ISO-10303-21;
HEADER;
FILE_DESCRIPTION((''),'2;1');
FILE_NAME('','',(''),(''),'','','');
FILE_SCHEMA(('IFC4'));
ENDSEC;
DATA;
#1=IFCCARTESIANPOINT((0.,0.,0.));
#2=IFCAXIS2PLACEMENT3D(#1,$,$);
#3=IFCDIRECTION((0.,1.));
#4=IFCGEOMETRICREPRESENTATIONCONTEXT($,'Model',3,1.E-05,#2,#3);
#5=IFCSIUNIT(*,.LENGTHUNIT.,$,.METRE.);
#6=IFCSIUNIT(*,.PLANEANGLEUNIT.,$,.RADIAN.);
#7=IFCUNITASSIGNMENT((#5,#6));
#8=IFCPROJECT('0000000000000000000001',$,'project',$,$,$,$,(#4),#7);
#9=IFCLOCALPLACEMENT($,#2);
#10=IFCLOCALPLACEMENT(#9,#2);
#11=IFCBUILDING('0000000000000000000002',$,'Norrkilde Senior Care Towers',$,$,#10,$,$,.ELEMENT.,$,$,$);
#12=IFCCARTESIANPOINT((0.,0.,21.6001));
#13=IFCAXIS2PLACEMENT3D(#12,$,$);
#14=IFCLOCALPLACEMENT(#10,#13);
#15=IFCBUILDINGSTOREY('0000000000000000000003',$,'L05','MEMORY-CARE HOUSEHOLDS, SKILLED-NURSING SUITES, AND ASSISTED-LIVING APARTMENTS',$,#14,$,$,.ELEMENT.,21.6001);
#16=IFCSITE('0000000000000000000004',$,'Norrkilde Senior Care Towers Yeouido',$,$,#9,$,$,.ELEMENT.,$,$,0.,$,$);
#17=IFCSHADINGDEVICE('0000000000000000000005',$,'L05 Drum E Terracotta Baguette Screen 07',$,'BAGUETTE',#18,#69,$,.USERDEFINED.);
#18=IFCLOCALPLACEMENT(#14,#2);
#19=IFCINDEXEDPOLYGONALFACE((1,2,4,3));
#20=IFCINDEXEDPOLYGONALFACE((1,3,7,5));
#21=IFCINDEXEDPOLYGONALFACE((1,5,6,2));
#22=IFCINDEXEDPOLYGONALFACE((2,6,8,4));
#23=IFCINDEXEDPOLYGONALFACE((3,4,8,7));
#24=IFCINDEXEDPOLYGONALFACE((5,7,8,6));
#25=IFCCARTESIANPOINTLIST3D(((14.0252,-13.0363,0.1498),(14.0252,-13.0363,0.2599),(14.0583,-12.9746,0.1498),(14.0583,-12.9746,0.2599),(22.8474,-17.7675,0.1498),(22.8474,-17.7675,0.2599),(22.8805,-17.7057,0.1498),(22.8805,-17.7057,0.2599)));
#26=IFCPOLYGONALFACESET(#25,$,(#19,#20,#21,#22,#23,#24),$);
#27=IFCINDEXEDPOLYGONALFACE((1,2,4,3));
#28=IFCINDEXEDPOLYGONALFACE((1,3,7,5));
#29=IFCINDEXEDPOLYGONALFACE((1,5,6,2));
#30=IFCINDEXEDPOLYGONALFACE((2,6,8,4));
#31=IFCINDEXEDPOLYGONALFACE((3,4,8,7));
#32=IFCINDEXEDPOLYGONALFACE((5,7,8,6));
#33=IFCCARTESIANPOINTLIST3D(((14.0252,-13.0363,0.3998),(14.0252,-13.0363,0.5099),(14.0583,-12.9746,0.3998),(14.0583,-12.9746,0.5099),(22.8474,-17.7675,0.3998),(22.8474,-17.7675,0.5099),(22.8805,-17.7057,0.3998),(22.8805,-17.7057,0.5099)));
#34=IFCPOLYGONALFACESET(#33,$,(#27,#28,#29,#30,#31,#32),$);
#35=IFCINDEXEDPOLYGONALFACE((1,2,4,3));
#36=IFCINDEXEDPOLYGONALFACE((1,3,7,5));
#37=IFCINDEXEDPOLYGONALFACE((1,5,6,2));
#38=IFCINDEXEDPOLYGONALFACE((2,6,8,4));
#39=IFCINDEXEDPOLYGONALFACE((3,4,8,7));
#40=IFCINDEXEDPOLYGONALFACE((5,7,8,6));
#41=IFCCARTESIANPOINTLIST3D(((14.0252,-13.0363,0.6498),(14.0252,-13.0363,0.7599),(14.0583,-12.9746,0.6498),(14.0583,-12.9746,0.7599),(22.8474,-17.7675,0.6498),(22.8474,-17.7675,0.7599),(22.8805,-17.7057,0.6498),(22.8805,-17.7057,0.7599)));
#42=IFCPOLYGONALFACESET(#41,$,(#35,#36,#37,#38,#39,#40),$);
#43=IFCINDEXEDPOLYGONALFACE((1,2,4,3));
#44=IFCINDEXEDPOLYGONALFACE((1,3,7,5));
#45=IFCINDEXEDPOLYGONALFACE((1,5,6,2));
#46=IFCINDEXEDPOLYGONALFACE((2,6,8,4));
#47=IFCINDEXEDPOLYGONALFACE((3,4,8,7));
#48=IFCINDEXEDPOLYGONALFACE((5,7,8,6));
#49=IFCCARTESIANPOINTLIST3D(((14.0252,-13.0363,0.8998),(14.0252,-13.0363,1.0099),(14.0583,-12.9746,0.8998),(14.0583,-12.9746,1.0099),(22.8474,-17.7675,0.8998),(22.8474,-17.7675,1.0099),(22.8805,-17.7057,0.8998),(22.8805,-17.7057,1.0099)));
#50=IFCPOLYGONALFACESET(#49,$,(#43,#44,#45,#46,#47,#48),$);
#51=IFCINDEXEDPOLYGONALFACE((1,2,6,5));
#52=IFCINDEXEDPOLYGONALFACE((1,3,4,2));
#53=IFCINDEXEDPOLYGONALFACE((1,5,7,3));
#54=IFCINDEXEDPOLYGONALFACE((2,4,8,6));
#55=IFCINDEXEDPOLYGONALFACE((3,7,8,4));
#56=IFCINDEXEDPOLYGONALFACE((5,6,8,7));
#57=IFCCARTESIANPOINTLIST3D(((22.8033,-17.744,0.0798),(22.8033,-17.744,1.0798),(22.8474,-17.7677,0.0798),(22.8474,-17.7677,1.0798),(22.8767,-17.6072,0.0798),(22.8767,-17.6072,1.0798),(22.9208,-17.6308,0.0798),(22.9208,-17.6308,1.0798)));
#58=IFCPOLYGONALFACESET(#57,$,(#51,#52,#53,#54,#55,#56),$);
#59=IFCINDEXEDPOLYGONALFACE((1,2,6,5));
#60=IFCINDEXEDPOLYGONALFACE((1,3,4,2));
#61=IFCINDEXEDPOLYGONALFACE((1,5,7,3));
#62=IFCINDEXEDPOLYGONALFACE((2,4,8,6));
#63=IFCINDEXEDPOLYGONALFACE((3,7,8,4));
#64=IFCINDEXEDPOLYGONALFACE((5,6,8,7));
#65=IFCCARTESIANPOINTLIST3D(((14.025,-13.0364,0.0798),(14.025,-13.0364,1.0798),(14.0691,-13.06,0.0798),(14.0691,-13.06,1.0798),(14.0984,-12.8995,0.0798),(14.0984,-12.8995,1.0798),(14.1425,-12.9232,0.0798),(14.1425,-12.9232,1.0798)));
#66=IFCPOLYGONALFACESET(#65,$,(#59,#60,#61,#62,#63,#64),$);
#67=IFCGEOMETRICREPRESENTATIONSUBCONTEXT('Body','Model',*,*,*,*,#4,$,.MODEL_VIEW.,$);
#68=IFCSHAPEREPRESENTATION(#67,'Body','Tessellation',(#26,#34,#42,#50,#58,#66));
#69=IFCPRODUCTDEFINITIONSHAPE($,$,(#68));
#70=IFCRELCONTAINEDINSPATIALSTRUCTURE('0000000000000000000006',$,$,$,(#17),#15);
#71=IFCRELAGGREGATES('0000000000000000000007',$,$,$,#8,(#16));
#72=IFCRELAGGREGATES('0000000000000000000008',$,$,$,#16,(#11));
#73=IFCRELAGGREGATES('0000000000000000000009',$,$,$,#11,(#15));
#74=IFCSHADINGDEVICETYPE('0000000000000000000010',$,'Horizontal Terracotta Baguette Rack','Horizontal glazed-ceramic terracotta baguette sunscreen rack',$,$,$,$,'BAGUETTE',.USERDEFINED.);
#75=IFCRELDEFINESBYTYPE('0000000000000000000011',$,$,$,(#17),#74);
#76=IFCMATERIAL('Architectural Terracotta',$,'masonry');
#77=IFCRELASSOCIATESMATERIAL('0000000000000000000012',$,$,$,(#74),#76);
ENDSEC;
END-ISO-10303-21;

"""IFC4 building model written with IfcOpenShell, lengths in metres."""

from ifc_helpers import new_model, si_unit, direction, frame, origin, origin_2d, place, context, subcontext, project, spatial, rectangle, extrude, source, transform, mapped, material, type_object, type_shapes, element, save


model = new_model("IFC4")

# Units and contexts
model_context = context("Model", 3, precision=1e-05, world=origin(), true_north=direction((0.0, 1.0)))
body_context = subcontext(model_context, "Body", "Model", "MODEL_VIEW")
ifc_project = project(units=[si_unit("LENGTHUNIT", "METRE"), si_unit("PLANEANGLEUNIT", "RADIAN")], contexts=[model_context])

# Site, building, storey
site_placement = place(None, origin())
site = spatial("IfcSite", under=ifc_project, at=site_placement, Name="Norrkilde Senior Care Towers Yeouido", CompositionType="ELEMENT", RefElevation=0.0)
building_placement = place(site_placement, origin())
building = spatial("IfcBuilding", under=site, at=building_placement, Name="Norrkilde Senior Care Towers", CompositionType="ELEMENT")
storey_placement = place(building_placement, frame((0.0, 0.0, 21.6001)))
storey = spatial("IfcBuildingStorey", under=building, at=storey_placement, Name="L05", Description="MEMORY-CARE HOUSEHOLDS, SKILLED-NURSING SUITES, AND ASSISTED-LIVING APARTMENTS", CompositionType="ELEMENT", Elevation=21.6001)

# Shading device
ifc_material_1 = material(Name="Architectural Terracotta", Category="masonry")
shading_device_type = type_object("IfcShadingDeviceType", Name="Horizontal Terracotta Baguette Rack", Description="Horizontal glazed-ceramic terracotta baguette sunscreen rack", ElementType="BAGUETTE", PredefinedType="USERDEFINED", material=ifc_material_1)
shared_shape_1 = source(origin(), body_context, "Body", "SweptSolid", [
    extrude(rectangle(XDim=0.0701, YDim=0.1101, at=origin_2d()), frame((0.0, 0.0901, 0.125), z_axis=(1.0, 0.0, 0.0), x_axis=(0.0, 1.0, 0.0)), (0.0, 0.0, 1.0), 10.0107),
    extrude(rectangle(XDim=0.0701, YDim=0.1101, at=origin_2d()), frame((0.0, 0.0901, 0.375), z_axis=(1.0, 0.0, 0.0), x_axis=(0.0, 1.0, 0.0)), (0.0, 0.0, 1.0), 10.0107),
    extrude(rectangle(XDim=0.0701, YDim=0.1101, at=origin_2d()), frame((0.0, 0.0901, 0.625), z_axis=(1.0, 0.0, 0.0), x_axis=(0.0, 1.0, 0.0)), (0.0, 0.0, 1.0), 10.0107),
    extrude(rectangle(XDim=0.0701, YDim=0.1101, at=origin_2d()), frame((0.0, 0.0901, 0.875), z_axis=(1.0, 0.0, 0.0), x_axis=(0.0, 1.0, 0.0)), (0.0, 0.0, 1.0), 10.0107),
    extrude(rectangle(XDim=0.05, YDim=0.1553, at=origin_2d()), frame((0.0249, 0.0476, 0.0)), (0.0, 0.0, 1.0), 1.0),
    extrude(rectangle(XDim=0.05, YDim=0.1553, at=origin_2d()), frame((9.9858, 0.0476, 0.0)), (0.0, 0.0, 1.0), 1.0),
])
type_shapes(shading_device_type, [shared_shape_1])
shading_device_placement = place(storey_placement, frame((22.9065, -17.6572, 0.0798), z_axis=(0.0, 0.0, 1.0), x_axis=(-0.88128, 0.472612, 0.0)))
element("IfcShadingDevice", 1, at=shading_device_placement, inside=storey, type_object=shading_device_type, Name="L05 Drum E Terracotta Baguette Screen 07", ObjectType="BAGUETTE", PredefinedType="USERDEFINED", context=body_context, shape_type="MappedRepresentation", body=[
    mapped(shared_shape_1, transform((0.0, 0.0, 0.0), x_axis=(1.0, 0.0, 0.0), y_axis=(0.0, 1.0, 0.0), z_axis=(0.0, 0.0, 1.0), scale=1.0)),
])

save(model, "model.ifc")
